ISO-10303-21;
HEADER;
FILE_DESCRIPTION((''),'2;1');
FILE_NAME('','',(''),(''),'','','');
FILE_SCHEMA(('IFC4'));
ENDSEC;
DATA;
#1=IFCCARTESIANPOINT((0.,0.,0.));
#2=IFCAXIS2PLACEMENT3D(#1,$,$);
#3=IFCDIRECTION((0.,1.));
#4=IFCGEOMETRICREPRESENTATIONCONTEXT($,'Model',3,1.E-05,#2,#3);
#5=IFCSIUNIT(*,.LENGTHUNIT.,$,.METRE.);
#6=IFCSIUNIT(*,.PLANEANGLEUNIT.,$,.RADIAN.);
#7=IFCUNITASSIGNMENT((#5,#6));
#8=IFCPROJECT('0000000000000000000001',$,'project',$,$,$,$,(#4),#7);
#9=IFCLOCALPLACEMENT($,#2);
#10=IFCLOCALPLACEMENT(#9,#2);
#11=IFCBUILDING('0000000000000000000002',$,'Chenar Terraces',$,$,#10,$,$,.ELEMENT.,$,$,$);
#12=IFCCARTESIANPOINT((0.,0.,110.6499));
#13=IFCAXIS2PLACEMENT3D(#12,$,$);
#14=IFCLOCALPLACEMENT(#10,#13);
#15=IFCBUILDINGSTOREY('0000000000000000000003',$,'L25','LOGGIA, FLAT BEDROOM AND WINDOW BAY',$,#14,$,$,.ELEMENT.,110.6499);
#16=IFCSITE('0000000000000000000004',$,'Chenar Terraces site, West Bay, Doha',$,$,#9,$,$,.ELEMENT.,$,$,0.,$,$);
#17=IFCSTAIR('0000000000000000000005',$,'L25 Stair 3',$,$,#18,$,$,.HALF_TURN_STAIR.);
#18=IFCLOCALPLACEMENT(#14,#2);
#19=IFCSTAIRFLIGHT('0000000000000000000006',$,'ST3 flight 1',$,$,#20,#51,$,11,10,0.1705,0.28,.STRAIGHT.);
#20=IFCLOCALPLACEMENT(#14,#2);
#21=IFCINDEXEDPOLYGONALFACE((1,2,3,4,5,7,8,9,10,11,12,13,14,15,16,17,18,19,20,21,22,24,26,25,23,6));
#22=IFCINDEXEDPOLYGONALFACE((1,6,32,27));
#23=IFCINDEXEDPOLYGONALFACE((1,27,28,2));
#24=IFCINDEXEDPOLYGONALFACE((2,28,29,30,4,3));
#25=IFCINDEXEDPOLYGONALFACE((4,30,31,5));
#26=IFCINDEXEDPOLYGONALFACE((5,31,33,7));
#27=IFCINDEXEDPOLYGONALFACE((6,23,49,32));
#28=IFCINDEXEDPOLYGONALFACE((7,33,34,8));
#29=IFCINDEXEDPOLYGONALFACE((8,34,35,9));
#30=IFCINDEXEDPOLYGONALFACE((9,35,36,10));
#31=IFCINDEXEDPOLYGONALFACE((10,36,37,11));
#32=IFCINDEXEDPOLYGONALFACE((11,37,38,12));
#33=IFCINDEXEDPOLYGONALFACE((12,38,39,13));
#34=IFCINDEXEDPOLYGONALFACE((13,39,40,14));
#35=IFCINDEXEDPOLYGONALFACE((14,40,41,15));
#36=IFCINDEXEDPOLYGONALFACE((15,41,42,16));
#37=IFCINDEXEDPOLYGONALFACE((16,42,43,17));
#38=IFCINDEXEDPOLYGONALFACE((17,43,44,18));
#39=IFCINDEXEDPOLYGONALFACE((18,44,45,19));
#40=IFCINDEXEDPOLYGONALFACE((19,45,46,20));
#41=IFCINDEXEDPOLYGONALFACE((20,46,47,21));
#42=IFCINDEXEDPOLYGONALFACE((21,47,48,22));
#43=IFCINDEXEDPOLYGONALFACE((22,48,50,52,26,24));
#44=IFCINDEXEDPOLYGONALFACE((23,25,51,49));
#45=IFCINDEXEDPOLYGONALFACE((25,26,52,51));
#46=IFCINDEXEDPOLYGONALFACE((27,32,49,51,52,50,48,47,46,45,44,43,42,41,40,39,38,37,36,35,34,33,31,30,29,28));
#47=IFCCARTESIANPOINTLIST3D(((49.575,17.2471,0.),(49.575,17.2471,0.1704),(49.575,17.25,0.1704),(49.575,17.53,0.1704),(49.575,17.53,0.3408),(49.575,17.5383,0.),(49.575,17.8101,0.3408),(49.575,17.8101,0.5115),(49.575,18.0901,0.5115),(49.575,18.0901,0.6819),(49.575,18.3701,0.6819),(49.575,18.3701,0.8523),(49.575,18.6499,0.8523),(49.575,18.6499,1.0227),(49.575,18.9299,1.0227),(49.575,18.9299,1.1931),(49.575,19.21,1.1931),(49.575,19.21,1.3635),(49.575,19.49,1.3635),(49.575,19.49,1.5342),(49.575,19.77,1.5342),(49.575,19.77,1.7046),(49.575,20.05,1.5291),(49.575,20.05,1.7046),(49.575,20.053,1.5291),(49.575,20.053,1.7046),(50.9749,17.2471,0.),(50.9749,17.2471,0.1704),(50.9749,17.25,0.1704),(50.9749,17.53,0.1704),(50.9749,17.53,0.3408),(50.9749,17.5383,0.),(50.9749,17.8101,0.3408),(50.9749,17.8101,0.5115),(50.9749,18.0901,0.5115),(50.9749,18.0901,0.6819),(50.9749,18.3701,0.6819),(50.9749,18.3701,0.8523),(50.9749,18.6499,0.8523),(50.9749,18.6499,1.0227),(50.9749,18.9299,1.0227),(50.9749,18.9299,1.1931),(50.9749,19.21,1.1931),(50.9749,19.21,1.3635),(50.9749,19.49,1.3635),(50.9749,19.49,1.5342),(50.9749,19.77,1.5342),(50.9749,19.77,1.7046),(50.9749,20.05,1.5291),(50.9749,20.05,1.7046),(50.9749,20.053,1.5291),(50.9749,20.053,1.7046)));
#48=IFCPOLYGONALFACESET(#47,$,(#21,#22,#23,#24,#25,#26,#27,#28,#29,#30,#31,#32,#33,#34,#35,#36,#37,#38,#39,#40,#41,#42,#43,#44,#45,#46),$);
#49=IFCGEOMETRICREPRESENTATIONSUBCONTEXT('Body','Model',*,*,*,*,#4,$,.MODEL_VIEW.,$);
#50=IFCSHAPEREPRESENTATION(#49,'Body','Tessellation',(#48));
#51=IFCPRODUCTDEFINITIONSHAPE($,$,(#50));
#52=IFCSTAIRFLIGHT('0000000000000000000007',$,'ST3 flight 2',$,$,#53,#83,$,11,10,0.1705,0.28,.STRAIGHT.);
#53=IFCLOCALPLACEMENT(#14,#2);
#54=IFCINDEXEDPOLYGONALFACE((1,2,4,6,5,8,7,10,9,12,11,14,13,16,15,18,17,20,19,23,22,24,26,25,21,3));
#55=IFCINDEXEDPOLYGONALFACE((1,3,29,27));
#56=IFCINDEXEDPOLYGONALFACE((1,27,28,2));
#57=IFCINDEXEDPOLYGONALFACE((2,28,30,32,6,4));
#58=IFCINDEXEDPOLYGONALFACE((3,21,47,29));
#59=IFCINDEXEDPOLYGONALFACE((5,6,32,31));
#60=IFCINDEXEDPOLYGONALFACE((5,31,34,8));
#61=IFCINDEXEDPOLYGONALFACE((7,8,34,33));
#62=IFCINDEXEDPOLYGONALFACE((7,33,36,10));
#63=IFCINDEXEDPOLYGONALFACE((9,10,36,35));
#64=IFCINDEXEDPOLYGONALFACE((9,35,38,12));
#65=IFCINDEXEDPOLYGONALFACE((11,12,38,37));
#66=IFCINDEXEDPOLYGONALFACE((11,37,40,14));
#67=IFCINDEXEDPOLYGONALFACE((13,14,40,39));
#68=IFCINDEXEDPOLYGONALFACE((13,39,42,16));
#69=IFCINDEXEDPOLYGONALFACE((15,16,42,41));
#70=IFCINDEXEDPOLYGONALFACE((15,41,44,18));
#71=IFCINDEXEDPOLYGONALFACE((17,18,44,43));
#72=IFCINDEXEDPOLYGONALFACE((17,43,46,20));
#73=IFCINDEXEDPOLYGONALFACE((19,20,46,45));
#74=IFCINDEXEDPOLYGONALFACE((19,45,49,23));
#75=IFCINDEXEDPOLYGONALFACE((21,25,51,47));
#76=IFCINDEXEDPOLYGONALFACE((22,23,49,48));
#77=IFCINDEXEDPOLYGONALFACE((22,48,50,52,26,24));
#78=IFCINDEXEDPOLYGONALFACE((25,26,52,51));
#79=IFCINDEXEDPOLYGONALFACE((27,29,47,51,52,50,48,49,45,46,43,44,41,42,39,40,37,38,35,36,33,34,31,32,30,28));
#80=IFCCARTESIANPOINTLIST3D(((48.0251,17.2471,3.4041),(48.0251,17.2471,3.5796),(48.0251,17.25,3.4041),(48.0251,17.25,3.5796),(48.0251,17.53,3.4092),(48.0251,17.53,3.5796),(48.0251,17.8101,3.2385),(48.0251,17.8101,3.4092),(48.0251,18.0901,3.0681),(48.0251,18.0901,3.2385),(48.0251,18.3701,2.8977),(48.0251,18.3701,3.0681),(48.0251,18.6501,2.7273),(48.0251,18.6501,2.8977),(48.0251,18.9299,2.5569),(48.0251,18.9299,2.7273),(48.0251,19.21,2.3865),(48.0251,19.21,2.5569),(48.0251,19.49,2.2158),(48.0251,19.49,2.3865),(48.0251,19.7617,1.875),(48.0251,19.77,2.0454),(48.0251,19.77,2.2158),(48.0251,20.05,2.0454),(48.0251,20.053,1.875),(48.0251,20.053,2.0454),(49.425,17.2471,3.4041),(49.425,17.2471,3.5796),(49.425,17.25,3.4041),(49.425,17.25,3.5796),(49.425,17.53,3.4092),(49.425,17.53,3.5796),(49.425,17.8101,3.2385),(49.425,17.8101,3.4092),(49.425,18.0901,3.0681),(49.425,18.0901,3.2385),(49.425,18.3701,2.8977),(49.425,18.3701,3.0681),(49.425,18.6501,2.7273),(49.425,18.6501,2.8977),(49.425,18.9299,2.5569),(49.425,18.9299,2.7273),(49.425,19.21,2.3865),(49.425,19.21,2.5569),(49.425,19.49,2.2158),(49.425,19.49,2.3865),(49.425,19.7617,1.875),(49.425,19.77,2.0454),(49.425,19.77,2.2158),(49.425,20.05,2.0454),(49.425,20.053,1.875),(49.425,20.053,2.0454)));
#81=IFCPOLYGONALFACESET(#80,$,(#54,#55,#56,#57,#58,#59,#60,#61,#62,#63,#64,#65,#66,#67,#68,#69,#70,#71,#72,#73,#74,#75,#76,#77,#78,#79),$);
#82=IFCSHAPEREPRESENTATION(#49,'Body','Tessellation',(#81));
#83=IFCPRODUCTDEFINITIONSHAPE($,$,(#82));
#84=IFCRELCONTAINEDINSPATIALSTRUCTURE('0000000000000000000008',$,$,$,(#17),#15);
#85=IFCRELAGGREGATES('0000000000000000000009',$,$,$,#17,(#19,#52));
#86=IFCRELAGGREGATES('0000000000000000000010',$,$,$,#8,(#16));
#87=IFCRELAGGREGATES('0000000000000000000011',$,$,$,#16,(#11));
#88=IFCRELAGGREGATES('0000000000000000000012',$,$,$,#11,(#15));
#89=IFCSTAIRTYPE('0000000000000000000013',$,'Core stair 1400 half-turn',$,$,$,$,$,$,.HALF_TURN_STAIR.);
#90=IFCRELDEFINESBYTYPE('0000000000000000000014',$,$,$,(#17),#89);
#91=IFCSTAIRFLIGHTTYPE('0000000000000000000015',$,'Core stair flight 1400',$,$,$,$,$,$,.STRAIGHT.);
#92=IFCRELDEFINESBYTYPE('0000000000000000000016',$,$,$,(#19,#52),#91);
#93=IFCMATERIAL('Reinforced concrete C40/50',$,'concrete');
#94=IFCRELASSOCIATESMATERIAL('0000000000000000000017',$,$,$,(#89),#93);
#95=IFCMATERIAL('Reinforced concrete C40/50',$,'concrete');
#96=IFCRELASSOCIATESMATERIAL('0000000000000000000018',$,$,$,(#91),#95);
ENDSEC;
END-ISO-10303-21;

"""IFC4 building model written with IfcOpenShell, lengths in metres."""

from ifc_helpers import new_model, si_unit, direction, frame, origin, place, context, subcontext, project, spatial, polyline, outline, extrude, material, type_object, element, aggregate, save


model = new_model("IFC4")

# Units and contexts
model_context = context("Model", 3, precision=1e-05, world=origin(), true_north=direction((0.0, 1.0)))
body_context = subcontext(model_context, "Body", "Model", "MODEL_VIEW")
ifc_project = project(units=[si_unit("LENGTHUNIT", "METRE"), si_unit("PLANEANGLEUNIT", "RADIAN")], contexts=[model_context])

# Site, building, storey
site_placement = place(None, origin())
site = spatial("IfcSite", under=ifc_project, at=site_placement, Name="Chenar Terraces site, West Bay, Doha", CompositionType="ELEMENT", RefElevation=0.0)
building_placement = place(site_placement, origin())
building = spatial("IfcBuilding", under=site, at=building_placement, Name="Chenar Terraces", CompositionType="ELEMENT")
storey_placement = place(building_placement, frame((0.0, 0.0, 110.6499)))
storey = spatial("IfcBuildingStorey", under=building, at=storey_placement, Name="L25", Description="LOGGIA, FLAT BEDROOM AND WINDOW BAY", CompositionType="ELEMENT", Elevation=110.6499)

# Stair, stair flights
ifc_material_1 = material(Name="Reinforced concrete C40/50", Category="concrete")
stair_type = type_object("IfcStairType", Name="Core stair 1400 half-turn", PredefinedType="HALF_TURN_STAIR", material=ifc_material_1)
stair_placement = place(storey_placement, origin())
stair = element("IfcStair", 1, at=stair_placement, inside=storey, type_object=stair_type, Name="L25 Stair 3", PredefinedType="HALF_TURN_STAIR")
ifc_material_2 = material(Name="Reinforced concrete C40/50", Category="concrete")
stair_flight_type = type_object("IfcStairFlightType", Name="Core stair flight 1400", PredefinedType="STRAIGHT", material=ifc_material_2)
stair_flight_1_placement = place(storey_placement, frame((50.2749, 17.25, 0.0), z_axis=(0.0, 0.0, 1.0), x_axis=(0.0, 1.0, 0.0)))
stair_flight_1 = element("IfcStairFlight", 2, at=stair_flight_1_placement, type_object=stair_flight_type, Name="ST3 flight 1", NumberOfRisers=11, NumberOfTreads=10, PredefinedType="STRAIGHT", RiserHeight=0.1705, TreadLength=0.28, context=body_context, shape_type="SweptSolid", body=[
    extrude(outline(polyline([(-0.0029, 0.0), (-0.0029, 0.1704), (0.0, 0.1704), (0.28, 0.1704), (0.28, 0.3408), (0.5601, 0.3408), (0.5601, 0.5115), (0.8401, 0.5115), (0.8401, 0.6819), (1.1201, 0.6819), (1.1201, 0.8523), (1.3999, 0.8523), (1.3999, 1.0227), (1.6799, 1.0227), (1.6799, 1.1931), (1.96, 1.1931), (1.96, 1.3635), (2.24, 1.3635), (2.24, 1.5342), (2.52, 1.5342), (2.52, 1.7046), (2.8, 1.7046), (2.803, 1.7046), (2.803, 1.5291), (2.8, 1.5291), (0.2883, 0.0), (-0.0029, 0.0)])), frame((0.0, 0.7, 0.0), z_axis=(0.0, -1.0, 0.0), x_axis=(1.0, 0.0, 0.0)), (0.0, 0.0, 1.0), 1.3999),
])
stair_flight_2_placement = place(storey_placement, frame((48.7251, 20.05, 1.875), z_axis=(0.0, 0.0, 1.0), x_axis=(0.0, -1.0, 0.0)))
stair_flight_2 = element("IfcStairFlight", 3, at=stair_flight_2_placement, type_object=stair_flight_type, Name="ST3 flight 2", NumberOfRisers=11, NumberOfTreads=10, PredefinedType="STRAIGHT", RiserHeight=0.1705, TreadLength=0.28, context=body_context, shape_type="SweptSolid", body=[
    extrude(outline(polyline([(-0.0029, 0.0), (-0.0029, 0.1704), (0.0, 0.1704), (0.28, 0.1704), (0.28, 0.3408), (0.5601, 0.3408), (0.5601, 0.5115), (0.8401, 0.5115), (0.8401, 0.6819), (1.1201, 0.6819), (1.1201, 0.8523), (1.3999, 0.8523), (1.3999, 1.0227), (1.6799, 1.0227), (1.6799, 1.1931), (1.96, 1.1931), (1.96, 1.3635), (2.24, 1.3635), (2.24, 1.5342), (2.52, 1.5342), (2.52, 1.7046), (2.8, 1.7046), (2.803, 1.7046), (2.803, 1.5291), (2.8, 1.5291), (0.2883, 0.0), (-0.0029, 0.0)])), frame((0.0, 0.7, 0.0), z_axis=(0.0, -1.0, 0.0), x_axis=(1.0, 0.0, 0.0)), (0.0, 0.0, 1.0), 1.3999),
])
aggregate(stair, [stair_flight_1, stair_flight_2])

save(model, "model.ifc")
